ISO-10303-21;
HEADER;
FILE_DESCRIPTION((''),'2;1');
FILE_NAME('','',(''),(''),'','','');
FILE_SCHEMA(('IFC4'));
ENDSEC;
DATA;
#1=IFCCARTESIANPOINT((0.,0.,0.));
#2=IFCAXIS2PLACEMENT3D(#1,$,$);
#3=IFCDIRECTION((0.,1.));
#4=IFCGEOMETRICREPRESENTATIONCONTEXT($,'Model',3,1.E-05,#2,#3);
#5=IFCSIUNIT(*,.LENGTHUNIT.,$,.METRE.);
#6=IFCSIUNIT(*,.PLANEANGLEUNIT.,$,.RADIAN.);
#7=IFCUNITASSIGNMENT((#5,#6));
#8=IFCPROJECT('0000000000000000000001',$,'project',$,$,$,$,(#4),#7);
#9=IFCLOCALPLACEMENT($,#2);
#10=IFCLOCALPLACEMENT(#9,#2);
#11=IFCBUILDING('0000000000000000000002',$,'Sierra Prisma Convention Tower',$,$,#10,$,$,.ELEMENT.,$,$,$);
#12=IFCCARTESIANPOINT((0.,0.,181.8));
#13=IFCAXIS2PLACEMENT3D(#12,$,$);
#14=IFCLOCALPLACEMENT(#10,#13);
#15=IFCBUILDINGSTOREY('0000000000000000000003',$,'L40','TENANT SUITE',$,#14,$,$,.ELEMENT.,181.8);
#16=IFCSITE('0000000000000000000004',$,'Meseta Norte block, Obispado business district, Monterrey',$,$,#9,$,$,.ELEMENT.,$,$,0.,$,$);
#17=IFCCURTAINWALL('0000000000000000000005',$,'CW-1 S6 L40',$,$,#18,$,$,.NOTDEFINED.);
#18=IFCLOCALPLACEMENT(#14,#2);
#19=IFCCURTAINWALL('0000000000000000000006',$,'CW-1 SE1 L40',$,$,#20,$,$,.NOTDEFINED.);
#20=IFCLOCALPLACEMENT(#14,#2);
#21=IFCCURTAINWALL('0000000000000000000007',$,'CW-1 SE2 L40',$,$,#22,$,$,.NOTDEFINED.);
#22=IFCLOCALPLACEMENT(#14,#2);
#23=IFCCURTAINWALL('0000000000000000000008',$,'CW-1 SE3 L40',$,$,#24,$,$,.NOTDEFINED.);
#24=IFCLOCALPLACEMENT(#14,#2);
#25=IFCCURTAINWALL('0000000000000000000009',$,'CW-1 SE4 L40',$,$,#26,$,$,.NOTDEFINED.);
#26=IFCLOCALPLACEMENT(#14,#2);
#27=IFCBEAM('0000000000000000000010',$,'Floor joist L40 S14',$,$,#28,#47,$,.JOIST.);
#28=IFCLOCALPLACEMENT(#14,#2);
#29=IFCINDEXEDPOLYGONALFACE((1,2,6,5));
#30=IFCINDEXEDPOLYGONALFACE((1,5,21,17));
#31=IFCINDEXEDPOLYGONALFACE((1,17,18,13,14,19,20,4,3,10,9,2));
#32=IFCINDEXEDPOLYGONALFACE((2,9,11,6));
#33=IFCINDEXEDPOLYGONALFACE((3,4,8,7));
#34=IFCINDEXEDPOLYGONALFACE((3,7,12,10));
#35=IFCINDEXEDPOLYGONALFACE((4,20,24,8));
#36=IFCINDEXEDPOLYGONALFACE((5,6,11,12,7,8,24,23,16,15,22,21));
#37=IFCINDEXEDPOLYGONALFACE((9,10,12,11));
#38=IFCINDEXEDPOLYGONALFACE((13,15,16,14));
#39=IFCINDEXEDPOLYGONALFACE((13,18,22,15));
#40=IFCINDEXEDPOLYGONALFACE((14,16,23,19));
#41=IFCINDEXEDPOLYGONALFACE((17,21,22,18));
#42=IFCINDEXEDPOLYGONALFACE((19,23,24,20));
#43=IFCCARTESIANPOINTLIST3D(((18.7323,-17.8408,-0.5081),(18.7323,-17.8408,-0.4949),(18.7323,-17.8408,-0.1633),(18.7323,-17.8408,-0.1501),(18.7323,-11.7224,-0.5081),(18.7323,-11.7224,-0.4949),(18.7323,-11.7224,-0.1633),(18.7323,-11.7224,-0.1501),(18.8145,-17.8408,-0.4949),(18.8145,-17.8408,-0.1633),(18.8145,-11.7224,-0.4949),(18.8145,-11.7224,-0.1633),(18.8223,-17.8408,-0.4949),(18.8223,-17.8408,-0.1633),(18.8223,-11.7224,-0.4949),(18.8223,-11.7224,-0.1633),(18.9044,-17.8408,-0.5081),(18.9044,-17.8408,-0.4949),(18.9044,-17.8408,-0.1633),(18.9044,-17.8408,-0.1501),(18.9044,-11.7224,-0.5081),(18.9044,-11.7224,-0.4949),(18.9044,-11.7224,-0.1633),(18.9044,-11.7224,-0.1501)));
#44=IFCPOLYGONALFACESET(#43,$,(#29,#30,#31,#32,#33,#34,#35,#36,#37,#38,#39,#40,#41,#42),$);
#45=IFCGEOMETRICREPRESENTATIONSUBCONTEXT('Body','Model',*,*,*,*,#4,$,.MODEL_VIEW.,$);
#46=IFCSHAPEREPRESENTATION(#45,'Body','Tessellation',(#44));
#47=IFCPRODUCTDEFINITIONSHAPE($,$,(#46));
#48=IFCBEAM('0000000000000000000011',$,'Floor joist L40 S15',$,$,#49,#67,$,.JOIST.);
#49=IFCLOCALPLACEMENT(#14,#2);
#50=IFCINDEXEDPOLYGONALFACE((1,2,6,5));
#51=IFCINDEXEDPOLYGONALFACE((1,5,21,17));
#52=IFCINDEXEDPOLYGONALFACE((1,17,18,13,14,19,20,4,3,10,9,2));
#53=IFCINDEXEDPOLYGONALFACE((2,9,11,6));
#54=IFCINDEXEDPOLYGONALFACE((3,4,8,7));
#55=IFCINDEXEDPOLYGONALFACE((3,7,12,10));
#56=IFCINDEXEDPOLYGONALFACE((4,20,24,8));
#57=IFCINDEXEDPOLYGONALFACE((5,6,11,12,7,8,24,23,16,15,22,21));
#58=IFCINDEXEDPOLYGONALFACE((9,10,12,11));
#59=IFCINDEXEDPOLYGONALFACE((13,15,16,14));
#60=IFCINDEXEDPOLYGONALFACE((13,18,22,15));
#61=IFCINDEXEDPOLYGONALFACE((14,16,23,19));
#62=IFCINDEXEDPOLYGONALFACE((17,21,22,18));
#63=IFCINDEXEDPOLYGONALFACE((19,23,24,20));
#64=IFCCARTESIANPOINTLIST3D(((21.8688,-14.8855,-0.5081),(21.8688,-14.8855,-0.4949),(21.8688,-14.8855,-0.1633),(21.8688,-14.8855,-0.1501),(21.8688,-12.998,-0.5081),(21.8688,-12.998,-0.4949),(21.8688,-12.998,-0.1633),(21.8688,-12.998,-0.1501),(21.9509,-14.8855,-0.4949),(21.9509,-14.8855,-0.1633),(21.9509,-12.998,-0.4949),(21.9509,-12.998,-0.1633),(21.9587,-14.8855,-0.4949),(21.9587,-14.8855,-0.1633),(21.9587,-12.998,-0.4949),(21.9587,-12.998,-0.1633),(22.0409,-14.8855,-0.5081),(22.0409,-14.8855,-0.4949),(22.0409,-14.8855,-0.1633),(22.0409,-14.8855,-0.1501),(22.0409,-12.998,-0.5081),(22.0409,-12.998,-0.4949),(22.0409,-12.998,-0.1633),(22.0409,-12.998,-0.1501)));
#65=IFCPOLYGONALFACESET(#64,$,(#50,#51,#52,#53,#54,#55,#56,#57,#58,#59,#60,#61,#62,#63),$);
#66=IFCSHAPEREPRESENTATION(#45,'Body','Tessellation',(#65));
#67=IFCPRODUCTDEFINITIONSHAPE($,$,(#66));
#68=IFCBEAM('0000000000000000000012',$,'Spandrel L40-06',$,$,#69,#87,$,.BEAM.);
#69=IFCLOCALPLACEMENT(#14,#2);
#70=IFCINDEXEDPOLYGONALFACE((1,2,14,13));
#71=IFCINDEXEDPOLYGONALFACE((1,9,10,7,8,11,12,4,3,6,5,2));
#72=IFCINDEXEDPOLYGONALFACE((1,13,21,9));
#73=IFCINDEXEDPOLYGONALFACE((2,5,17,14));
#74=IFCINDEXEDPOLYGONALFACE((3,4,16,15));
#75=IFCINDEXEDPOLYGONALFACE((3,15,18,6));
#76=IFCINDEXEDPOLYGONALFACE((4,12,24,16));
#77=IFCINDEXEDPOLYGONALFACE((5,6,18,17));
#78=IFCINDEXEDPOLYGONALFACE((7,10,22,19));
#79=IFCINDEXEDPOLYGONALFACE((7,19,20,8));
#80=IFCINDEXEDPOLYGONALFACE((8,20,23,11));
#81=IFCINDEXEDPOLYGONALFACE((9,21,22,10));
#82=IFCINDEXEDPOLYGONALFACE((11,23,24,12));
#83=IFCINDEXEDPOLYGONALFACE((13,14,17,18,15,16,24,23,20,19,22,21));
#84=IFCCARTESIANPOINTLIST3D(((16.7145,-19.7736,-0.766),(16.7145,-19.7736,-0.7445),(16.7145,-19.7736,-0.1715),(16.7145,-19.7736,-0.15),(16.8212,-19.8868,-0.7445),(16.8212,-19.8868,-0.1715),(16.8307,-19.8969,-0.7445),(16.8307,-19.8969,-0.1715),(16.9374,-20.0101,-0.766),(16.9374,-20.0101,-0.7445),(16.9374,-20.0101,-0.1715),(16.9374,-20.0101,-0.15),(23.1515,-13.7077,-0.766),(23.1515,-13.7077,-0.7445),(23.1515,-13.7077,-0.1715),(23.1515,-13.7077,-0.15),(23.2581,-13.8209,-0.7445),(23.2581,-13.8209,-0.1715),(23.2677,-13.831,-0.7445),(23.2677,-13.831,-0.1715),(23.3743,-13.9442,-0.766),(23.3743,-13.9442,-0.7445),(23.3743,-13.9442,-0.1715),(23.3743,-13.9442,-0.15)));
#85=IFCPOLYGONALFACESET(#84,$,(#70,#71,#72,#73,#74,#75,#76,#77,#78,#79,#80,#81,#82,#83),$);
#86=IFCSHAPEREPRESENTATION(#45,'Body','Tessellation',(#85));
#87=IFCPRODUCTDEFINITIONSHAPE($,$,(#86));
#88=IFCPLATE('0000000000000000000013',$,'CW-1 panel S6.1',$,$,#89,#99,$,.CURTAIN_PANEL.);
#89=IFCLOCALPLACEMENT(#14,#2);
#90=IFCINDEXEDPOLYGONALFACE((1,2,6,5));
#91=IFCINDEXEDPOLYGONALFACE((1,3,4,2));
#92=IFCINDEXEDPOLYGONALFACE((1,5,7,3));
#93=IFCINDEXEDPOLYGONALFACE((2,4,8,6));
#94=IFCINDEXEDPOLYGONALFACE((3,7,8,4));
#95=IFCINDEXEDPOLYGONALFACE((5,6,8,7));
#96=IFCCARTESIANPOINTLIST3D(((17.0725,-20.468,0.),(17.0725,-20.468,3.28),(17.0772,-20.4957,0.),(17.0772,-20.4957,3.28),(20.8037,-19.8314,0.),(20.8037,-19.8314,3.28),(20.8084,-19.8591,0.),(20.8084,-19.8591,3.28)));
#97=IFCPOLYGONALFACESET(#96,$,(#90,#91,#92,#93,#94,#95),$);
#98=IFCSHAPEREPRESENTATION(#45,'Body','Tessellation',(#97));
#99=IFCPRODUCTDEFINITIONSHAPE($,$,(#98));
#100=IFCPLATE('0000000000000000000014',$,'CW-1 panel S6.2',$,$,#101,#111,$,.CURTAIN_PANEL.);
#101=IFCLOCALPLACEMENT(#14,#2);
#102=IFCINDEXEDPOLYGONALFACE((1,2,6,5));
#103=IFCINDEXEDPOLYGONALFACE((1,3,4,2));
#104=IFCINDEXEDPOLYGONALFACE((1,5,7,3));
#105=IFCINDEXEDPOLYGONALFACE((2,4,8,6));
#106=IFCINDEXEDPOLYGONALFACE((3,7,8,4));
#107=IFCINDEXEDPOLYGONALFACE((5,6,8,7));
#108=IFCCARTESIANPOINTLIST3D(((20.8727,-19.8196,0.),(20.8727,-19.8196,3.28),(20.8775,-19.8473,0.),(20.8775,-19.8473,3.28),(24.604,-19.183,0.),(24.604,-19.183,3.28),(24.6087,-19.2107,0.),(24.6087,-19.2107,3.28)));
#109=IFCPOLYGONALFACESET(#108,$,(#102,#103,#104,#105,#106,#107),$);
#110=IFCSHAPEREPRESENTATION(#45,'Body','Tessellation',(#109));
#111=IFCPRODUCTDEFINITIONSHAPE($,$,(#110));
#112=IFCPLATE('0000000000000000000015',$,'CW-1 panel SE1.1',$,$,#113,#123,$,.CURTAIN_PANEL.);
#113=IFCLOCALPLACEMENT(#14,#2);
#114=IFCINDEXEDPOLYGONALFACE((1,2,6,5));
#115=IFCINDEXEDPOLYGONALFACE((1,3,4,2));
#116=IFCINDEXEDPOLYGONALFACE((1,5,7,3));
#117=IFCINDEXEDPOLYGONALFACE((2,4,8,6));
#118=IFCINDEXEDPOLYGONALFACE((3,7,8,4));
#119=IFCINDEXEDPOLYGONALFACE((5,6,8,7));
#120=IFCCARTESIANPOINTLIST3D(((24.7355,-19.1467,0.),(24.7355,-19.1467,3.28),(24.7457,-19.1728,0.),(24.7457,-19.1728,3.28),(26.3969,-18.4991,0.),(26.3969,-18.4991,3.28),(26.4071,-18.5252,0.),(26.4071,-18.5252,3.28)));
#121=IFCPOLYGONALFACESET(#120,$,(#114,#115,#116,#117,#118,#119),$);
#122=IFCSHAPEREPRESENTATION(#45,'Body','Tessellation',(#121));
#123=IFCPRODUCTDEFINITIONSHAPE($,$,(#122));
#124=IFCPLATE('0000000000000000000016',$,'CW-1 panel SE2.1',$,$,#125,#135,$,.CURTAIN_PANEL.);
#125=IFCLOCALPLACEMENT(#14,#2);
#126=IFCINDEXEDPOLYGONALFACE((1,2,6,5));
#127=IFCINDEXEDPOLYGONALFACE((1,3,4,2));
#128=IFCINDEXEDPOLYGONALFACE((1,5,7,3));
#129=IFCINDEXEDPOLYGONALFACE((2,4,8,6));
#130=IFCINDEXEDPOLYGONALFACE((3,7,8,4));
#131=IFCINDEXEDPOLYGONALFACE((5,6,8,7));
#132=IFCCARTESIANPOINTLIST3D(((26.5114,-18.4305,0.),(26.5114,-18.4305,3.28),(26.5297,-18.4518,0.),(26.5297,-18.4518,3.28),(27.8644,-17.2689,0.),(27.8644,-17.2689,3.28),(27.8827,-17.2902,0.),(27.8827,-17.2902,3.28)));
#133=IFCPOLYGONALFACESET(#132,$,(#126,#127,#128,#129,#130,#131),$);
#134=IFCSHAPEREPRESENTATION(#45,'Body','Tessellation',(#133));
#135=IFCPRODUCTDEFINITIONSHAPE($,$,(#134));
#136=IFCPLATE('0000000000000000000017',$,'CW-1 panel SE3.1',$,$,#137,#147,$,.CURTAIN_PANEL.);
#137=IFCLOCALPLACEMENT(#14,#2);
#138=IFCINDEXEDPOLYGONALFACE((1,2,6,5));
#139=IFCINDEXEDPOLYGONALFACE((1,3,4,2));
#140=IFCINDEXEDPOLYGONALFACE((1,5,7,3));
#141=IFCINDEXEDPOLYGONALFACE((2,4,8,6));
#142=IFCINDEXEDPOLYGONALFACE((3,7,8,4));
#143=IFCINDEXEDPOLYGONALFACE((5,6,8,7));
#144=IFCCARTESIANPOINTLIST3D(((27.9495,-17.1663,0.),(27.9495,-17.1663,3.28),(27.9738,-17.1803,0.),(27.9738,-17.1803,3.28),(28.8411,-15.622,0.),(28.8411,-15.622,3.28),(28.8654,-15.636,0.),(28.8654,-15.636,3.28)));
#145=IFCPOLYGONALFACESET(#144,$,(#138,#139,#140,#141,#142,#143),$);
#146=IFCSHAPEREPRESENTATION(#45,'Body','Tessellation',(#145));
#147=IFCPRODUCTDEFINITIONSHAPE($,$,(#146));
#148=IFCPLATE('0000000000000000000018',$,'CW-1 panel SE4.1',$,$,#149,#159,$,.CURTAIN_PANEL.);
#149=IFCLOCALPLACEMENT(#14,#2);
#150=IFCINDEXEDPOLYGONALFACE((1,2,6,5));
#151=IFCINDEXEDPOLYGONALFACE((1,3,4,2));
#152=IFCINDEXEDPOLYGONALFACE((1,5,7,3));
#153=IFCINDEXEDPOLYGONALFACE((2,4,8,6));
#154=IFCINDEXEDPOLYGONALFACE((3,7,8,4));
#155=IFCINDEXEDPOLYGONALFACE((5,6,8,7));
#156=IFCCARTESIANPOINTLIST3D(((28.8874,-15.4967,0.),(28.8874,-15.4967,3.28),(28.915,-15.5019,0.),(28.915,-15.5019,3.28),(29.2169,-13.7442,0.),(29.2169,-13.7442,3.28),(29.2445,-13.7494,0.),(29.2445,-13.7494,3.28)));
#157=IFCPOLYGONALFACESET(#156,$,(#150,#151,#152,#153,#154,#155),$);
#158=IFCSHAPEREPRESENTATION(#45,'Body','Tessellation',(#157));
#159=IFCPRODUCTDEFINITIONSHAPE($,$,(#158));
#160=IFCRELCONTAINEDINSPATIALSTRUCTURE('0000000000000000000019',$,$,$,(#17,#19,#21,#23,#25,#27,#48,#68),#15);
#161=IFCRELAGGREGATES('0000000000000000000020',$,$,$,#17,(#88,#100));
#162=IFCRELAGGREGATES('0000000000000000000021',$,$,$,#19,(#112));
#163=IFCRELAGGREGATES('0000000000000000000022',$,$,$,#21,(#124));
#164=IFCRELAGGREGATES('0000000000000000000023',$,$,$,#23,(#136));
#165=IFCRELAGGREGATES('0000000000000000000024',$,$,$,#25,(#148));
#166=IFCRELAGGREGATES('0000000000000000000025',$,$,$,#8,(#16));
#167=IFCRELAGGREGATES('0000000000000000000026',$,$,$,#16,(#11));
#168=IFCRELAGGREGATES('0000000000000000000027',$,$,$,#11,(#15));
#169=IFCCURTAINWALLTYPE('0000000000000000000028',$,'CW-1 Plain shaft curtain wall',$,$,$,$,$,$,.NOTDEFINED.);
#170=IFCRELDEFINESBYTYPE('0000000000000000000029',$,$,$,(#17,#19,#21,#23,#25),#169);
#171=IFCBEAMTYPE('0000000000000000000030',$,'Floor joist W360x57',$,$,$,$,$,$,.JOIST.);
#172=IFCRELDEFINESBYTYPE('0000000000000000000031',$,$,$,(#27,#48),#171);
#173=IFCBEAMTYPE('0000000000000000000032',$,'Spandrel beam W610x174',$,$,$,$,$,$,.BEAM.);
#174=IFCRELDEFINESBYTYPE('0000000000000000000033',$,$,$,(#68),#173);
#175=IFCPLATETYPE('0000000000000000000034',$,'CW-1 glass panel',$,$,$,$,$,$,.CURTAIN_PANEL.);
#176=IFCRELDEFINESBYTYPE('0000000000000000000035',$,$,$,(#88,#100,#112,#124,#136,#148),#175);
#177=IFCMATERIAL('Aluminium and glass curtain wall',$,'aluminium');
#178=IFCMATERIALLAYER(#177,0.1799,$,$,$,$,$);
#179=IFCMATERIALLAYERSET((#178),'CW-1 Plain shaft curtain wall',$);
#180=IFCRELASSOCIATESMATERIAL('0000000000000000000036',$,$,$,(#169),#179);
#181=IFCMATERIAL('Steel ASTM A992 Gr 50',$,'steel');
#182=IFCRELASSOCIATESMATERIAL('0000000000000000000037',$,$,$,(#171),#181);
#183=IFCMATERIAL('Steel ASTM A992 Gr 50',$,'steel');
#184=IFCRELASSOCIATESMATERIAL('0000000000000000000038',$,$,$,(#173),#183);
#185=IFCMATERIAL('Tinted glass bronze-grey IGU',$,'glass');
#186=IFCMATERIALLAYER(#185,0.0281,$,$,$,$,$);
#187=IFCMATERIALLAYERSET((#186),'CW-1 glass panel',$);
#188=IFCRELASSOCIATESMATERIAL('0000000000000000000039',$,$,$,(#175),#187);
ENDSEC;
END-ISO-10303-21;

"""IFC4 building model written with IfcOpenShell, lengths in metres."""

from ifc_helpers import new_model, si_unit, direction, frame, origin, origin_2d, place, context, subcontext, project, spatial, rectangle, i_section, extrude, material, layer, layer_set, material_profile, profile_set, type_object, element, aggregate, save


model = new_model("IFC4")

# Units and contexts
model_context = context("Model", 3, precision=1e-05, world=origin(), true_north=direction((0.0, 1.0)))
body_context = subcontext(model_context, "Body", "Model", "MODEL_VIEW")
ifc_project = project(units=[si_unit("LENGTHUNIT", "METRE"), si_unit("PLANEANGLEUNIT", "RADIAN")], contexts=[model_context])

# Site, building, storey
site_placement = place(None, origin())
site = spatial("IfcSite", under=ifc_project, at=site_placement, Name="Meseta Norte block, Obispado business district, Monterrey", CompositionType="ELEMENT", RefElevation=0.0)
building_placement = place(site_placement, origin())
building = spatial("IfcBuilding", under=site, at=building_placement, Name="Sierra Prisma Convention Tower", CompositionType="ELEMENT")
storey_placement = place(building_placement, frame((0.0, 0.0, 181.8)))
storey = spatial("IfcBuildingStorey", under=building, at=storey_placement, Name="L40", Description="TENANT SUITE", CompositionType="ELEMENT", Elevation=181.8)

# Curtain walls
ifc_material_1 = material(Name="Aluminium and glass curtain wall", Category="aluminium")
ifc_layer_1 = layer(ifc_material_1, 0.1799)
ifc_layer_set_1 = layer_set([ifc_layer_1], Name="CW-1 Plain shaft curtain wall")
curtain_wall_type = type_object("IfcCurtainWallType", Name="CW-1 Plain shaft curtain wall", PredefinedType="NOTDEFINED", material=ifc_layer_set_1)
curtain_wall_1_placement = place(storey_placement, origin())
curtain_wall_1 = element("IfcCurtainWall", 1, at=curtain_wall_1_placement, inside=storey, type_object=curtain_wall_type, Name="CW-1 S6 L40", PredefinedType="NOTDEFINED")
curtain_wall_2_placement = place(storey_placement, origin())
curtain_wall_2 = element("IfcCurtainWall", 2, at=curtain_wall_2_placement, inside=storey, type_object=curtain_wall_type, Name="CW-1 SE1 L40", PredefinedType="NOTDEFINED")
curtain_wall_3_placement = place(storey_placement, origin())
curtain_wall_3 = element("IfcCurtainWall", 3, at=curtain_wall_3_placement, inside=storey, type_object=curtain_wall_type, Name="CW-1 SE2 L40", PredefinedType="NOTDEFINED")
curtain_wall_4_placement = place(storey_placement, origin())
curtain_wall_4 = element("IfcCurtainWall", 4, at=curtain_wall_4_placement, inside=storey, type_object=curtain_wall_type, Name="CW-1 SE3 L40", PredefinedType="NOTDEFINED")
curtain_wall_5_placement = place(storey_placement, origin())
curtain_wall_5 = element("IfcCurtainWall", 5, at=curtain_wall_5_placement, inside=storey, type_object=curtain_wall_type, Name="CW-1 SE4 L40", PredefinedType="NOTDEFINED")

# Beams
ifc_material_2 = material(Name="Steel ASTM A992 Gr 50", Category="steel")
ifc_material_profile_1 = material_profile(ifc_material_2, i_section(OverallWidth=0.1721, OverallDepth=0.3579, WebThickness=0.0078, FlangeThickness=0.0132, at=origin_2d()), Name="W360x57")
ifc_profile_set_1 = profile_set([ifc_material_profile_1], Name="Steel ASTM A992 Gr 50")
beam_type_1 = type_object("IfcBeamType", Name="Floor joist W360x57", PredefinedType="JOIST", material=ifc_profile_set_1)
beam_1_placement = place(storey_placement, frame((18.8184, -17.8408, -0.3291), z_axis=(0.0, 1.0, 0.0), x_axis=(-1.0, 0.0, 0.0)))
element("IfcBeam", 6, at=beam_1_placement, inside=storey, type_object=beam_type_1, Name="Floor joist L40 S14", PredefinedType="JOIST", context=body_context, shape_type="SweptSolid", body=[
    extrude(i_section(OverallWidth=0.1721, OverallDepth=0.3579, WebThickness=0.0078, FlangeThickness=0.0132, at=origin_2d()), origin(), (0.0, 0.0, 1.0), 6.1184),
])
beam_2_placement = place(storey_placement, frame((21.9548, -14.8855, -0.3291), z_axis=(0.0, 1.0, 0.0), x_axis=(-1.0, 0.0, 0.0)))
element("IfcBeam", 7, at=beam_2_placement, inside=storey, type_object=beam_type_1, Name="Floor joist L40 S15", PredefinedType="JOIST", context=body_context, shape_type="SweptSolid", body=[
    extrude(i_section(OverallWidth=0.1721, OverallDepth=0.3579, WebThickness=0.0078, FlangeThickness=0.0132, at=origin_2d()), origin(), (0.0, 0.0, 1.0), 1.8875),
])
ifc_material_3 = material(Name="Steel ASTM A992 Gr 50", Category="steel")
ifc_material_profile_2 = material_profile(ifc_material_3, i_section(OverallWidth=0.325, OverallDepth=0.616, WebThickness=0.0139, FlangeThickness=0.0215, at=origin_2d()), Name="W610x174")
ifc_profile_set_2 = profile_set([ifc_material_profile_2], Name="Steel ASTM A992 Gr 50")
beam_type_2 = type_object("IfcBeamType", Name="Spandrel beam W610x174", PredefinedType="BEAM", material=ifc_profile_set_2)
beam_3_placement = place(storey_placement, frame((16.8259, -19.8918, -0.458), z_axis=(0.727774, 0.685817, 0.0), x_axis=(-0.685817, 0.727774, 0.0)))
element("IfcBeam", 8, at=beam_3_placement, inside=storey, type_object=beam_type_2, Name="Spandrel L40-06", PredefinedType="BEAM", context=body_context, shape_type="SweptSolid", body=[
    extrude(i_section(OverallWidth=0.325, OverallDepth=0.616, WebThickness=0.0139, FlangeThickness=0.0215, at=origin_2d()), origin(), (0.0, 0.0, 1.0), 8.8447),
])

# Plates
ifc_material_4 = material(Name="Tinted glass bronze-grey IGU", Category="glass")
ifc_layer_2 = layer(ifc_material_4, 0.0281)
ifc_layer_set_2 = layer_set([ifc_layer_2], Name="CW-1 glass panel")
plate_type = type_object("IfcPlateType", Name="CW-1 glass panel", PredefinedType="CURTAIN_PANEL", material=ifc_layer_set_2)
plate_1_placement = place(storey_placement, frame((18.9404, -20.1636, 0.0), z_axis=(0.0, 0.0, 1.0), x_axis=(0.985755, 0.168187, 0.0)))
plate_1 = element("IfcPlate", 9, at=plate_1_placement, type_object=plate_type, Name="CW-1 panel S6.1", PredefinedType="CURTAIN_PANEL", context=body_context, shape_type="SweptSolid", body=[
    extrude(rectangle(XDim=3.7852, YDim=0.0281, at=origin_2d()), origin(), (0.0, 0.0, 1.0), 3.28),
])
plate_2_placement = place(storey_placement, frame((22.7407, -19.5151, 0.0), z_axis=(0.0, 0.0, 1.0), x_axis=(0.985755, 0.168187, 0.0)))
plate_2 = element("IfcPlate", 10, at=plate_2_placement, type_object=plate_type, Name="CW-1 panel S6.2", PredefinedType="CURTAIN_PANEL", context=body_context, shape_type="SweptSolid", body=[
    extrude(rectangle(XDim=3.7852, YDim=0.0281, at=origin_2d()), origin(), (0.0, 0.0, 1.0), 3.28),
])
aggregate(curtain_wall_1, [plate_1, plate_2])
plate_3_placement = place(storey_placement, frame((25.5713, -18.8359, 0.0), z_axis=(0.0, 0.0, 1.0), x_axis=(0.931722, 0.363172, 0.0)))
plate_3 = element("IfcPlate", 11, at=plate_3_placement, type_object=plate_type, Name="CW-1 panel SE1.1", PredefinedType="CURTAIN_PANEL", context=body_context, shape_type="SweptSolid", body=[
    extrude(rectangle(XDim=1.7832, YDim=0.0281, at=origin_2d()), origin(), (0.0, 0.0, 1.0), 3.28),
])
aggregate(curtain_wall_2, [plate_3])
plate_4_placement = place(storey_placement, frame((27.197, -17.8604, 0.0), z_axis=(0.0, 0.0, 1.0), x_axis=(0.758731, 0.651404, 0.0)))
plate_4 = element("IfcPlate", 12, at=plate_4_placement, type_object=plate_type, Name="CW-1 panel SE2.1", PredefinedType="CURTAIN_PANEL", context=body_context, shape_type="SweptSolid", body=[
    extrude(rectangle(XDim=1.7832, YDim=0.0281, at=origin_2d()), origin(), (0.0, 0.0, 1.0), 3.28),
])
aggregate(curtain_wall_3, [plate_4])
plate_5_placement = place(storey_placement, frame((28.4075, -16.4011, 0.0), z_axis=(0.0, 0.0, 1.0), x_axis=(0.5, 0.866025, 0.0)))
plate_5 = element("IfcPlate", 13, at=plate_5_placement, type_object=plate_type, Name="CW-1 panel SE3.1", PredefinedType="CURTAIN_PANEL", context=body_context, shape_type="SweptSolid", body=[
    extrude(rectangle(XDim=1.7832, YDim=0.0281, at=origin_2d()), origin(), (0.0, 0.0, 1.0), 3.28),
])
aggregate(curtain_wall_4, [plate_5])
plate_6_placement = place(storey_placement, frame((29.0659, -14.623, 0.0), z_axis=(0.0, 0.0, 1.0), x_axis=(0.184767, 0.982782, 0.0)))
plate_6 = element("IfcPlate", 14, at=plate_6_placement, type_object=plate_type, Name="CW-1 panel SE4.1", PredefinedType="CURTAIN_PANEL", context=body_context, shape_type="SweptSolid", body=[
    extrude(rectangle(XDim=1.7832, YDim=0.0281, at=origin_2d()), origin(), (0.0, 0.0, 1.0), 3.28),
])
aggregate(curtain_wall_5, [plate_6])

save(model, "model.ifc")
